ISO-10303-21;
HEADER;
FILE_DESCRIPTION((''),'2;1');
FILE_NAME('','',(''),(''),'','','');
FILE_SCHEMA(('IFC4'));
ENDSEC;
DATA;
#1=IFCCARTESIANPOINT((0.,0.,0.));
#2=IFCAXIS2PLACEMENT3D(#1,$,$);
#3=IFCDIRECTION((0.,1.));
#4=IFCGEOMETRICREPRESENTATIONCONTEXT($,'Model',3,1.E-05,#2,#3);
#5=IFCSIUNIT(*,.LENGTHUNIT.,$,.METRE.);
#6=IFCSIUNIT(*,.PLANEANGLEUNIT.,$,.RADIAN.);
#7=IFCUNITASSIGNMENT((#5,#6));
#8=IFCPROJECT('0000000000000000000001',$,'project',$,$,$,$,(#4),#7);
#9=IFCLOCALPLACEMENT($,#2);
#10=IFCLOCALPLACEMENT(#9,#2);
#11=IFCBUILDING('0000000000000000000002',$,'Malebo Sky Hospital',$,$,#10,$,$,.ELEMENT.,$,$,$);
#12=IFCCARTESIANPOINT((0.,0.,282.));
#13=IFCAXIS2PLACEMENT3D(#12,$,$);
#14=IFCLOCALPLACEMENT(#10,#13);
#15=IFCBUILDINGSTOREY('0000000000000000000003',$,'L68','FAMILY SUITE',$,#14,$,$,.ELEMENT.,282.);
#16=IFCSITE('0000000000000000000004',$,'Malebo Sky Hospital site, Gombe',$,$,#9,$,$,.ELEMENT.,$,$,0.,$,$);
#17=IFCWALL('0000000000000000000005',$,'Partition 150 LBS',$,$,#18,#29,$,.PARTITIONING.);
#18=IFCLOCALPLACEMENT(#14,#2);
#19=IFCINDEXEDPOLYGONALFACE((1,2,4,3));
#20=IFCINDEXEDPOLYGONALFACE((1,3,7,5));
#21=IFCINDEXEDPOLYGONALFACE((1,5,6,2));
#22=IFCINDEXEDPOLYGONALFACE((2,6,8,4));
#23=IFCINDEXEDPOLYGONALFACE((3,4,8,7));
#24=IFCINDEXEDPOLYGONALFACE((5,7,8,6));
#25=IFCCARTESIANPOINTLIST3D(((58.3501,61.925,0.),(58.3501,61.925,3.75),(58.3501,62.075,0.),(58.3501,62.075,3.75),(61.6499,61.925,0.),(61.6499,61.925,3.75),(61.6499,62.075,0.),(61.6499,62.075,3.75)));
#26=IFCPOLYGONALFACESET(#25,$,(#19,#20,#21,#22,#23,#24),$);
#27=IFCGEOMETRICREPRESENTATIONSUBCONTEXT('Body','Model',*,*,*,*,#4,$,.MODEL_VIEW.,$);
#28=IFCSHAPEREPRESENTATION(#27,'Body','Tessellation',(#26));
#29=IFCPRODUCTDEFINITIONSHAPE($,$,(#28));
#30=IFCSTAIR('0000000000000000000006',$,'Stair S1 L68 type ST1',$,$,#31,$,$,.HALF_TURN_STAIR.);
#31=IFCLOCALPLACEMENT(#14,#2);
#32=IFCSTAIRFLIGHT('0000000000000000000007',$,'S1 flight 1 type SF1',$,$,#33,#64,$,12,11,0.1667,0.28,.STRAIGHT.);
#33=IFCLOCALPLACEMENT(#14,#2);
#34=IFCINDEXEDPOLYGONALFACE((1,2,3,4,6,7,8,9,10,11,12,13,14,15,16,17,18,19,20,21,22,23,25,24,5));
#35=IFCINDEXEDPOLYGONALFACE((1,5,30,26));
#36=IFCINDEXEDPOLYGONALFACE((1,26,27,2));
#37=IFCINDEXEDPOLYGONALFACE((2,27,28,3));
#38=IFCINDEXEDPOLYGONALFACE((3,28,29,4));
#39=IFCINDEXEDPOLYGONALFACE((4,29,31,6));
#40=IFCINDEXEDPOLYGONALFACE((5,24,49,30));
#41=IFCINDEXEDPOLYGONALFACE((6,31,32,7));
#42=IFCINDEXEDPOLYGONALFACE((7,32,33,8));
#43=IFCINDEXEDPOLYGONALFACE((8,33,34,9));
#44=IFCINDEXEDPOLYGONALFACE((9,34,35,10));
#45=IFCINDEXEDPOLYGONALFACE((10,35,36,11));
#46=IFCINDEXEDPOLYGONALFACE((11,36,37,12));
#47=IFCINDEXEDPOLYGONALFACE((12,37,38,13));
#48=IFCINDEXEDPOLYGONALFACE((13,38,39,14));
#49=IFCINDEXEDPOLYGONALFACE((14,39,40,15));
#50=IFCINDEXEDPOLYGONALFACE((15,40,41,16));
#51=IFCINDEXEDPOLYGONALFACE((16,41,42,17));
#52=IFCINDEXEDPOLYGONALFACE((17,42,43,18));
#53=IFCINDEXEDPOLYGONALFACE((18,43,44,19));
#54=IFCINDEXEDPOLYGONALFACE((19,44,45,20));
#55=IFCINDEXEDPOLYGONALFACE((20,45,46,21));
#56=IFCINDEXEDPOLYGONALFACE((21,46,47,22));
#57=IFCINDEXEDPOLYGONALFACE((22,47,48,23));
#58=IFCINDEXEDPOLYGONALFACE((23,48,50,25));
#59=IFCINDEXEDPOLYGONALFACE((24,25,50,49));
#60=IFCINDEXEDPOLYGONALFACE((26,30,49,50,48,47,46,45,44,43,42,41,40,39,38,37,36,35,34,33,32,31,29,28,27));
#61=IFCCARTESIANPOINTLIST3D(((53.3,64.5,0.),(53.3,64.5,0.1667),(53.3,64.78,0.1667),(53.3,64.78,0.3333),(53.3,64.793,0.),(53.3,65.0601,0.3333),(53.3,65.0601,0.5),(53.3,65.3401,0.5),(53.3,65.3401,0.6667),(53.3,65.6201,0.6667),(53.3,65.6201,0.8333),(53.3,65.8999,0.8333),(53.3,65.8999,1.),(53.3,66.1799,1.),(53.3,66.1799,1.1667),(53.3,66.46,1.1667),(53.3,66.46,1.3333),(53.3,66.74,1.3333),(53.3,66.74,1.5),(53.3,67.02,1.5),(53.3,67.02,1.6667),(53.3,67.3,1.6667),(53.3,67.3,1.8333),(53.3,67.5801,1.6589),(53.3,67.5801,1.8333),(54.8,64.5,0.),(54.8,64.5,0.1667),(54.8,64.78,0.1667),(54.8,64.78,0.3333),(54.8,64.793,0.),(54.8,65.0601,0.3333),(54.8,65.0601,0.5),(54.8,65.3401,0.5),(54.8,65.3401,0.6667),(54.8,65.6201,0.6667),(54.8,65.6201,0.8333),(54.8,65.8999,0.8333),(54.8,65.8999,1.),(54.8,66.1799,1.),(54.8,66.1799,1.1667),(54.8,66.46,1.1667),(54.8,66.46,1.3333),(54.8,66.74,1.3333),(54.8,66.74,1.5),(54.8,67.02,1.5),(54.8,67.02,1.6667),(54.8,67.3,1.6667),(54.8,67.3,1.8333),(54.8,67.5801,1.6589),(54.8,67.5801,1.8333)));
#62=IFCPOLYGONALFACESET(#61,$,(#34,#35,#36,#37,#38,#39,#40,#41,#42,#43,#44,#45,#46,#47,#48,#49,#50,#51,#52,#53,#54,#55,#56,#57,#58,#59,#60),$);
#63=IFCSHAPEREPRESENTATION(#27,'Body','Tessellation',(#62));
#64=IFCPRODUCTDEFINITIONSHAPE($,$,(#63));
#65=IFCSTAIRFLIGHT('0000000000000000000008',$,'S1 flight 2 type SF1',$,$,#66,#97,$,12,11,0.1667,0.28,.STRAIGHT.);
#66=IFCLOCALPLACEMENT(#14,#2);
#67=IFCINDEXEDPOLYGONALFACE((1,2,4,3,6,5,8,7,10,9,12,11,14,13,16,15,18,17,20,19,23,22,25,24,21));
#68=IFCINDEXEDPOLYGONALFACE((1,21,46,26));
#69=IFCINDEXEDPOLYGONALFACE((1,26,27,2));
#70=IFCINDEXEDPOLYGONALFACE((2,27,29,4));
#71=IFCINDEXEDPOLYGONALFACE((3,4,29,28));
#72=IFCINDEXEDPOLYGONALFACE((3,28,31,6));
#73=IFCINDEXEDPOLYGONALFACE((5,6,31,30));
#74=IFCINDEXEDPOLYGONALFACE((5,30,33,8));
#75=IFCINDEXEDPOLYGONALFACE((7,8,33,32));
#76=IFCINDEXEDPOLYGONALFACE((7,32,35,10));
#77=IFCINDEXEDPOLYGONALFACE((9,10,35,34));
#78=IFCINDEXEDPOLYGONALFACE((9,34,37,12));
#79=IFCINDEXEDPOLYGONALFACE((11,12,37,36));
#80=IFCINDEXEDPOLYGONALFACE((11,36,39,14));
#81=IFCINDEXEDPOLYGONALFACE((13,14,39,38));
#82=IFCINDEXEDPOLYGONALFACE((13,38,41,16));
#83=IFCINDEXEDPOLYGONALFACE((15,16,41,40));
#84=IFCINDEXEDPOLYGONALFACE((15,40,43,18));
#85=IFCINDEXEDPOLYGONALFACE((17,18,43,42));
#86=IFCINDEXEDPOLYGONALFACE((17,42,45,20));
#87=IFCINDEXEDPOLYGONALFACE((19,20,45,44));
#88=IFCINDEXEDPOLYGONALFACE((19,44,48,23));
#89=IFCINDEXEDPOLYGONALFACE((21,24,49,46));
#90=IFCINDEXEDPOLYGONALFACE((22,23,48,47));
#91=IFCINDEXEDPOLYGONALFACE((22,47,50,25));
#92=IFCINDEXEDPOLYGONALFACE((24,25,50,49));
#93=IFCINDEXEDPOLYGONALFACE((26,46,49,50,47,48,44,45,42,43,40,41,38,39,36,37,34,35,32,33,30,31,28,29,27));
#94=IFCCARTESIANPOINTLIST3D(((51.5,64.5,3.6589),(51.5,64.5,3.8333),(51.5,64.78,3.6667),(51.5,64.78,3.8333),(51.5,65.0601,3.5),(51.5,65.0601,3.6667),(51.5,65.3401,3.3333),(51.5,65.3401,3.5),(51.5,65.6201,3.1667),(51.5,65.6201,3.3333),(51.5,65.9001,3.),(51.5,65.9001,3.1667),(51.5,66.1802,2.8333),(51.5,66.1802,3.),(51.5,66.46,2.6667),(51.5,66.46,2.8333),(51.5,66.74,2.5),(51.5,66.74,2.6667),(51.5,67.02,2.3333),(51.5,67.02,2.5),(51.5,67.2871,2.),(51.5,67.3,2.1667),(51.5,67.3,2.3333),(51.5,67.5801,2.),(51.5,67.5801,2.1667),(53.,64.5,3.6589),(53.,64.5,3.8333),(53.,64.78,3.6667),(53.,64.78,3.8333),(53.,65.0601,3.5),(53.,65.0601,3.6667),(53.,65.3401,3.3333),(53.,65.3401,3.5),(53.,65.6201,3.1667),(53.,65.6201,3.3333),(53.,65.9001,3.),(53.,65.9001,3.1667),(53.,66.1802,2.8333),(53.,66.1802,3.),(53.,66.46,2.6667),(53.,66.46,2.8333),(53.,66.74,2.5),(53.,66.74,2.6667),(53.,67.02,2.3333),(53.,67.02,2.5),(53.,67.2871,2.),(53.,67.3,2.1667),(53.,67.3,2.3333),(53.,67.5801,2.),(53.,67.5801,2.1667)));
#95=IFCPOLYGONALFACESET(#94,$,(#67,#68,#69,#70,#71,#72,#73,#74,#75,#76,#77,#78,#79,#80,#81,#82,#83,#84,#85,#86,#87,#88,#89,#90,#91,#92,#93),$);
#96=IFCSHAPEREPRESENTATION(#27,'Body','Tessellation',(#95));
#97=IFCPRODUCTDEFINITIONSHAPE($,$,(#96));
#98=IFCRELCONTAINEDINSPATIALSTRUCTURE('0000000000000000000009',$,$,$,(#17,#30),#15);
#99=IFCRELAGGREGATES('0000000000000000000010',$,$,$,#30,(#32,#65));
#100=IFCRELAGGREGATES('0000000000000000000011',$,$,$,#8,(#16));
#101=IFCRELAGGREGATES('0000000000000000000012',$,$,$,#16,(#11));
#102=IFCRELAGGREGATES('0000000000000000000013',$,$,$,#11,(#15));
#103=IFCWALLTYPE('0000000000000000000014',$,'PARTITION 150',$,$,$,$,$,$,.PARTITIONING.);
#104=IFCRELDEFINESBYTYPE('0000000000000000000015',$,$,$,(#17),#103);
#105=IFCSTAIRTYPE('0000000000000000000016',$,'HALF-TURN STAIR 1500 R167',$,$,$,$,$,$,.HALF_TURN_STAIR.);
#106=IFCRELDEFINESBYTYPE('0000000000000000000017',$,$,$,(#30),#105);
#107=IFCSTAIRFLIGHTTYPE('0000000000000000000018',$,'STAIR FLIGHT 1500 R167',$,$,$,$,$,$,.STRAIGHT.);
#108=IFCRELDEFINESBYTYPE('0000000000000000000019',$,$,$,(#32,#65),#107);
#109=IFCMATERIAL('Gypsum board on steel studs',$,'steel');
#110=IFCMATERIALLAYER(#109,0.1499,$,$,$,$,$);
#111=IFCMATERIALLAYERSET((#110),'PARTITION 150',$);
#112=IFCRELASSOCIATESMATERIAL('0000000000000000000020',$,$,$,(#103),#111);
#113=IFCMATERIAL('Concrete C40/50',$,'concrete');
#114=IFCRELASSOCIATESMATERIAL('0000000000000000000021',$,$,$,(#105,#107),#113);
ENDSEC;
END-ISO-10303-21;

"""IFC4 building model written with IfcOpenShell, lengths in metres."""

from ifc_helpers import new_model, si_unit, direction, frame, frame_2d, origin, place, context, subcontext, project, spatial, polyline, rectangle, outline, extrude, material, layer, layer_set, type_object, element, aggregate, save


model = new_model("IFC4")

# Units and contexts
model_context = context("Model", 3, precision=1e-05, world=origin(), true_north=direction((0.0, 1.0)))
body_context = subcontext(model_context, "Body", "Model", "MODEL_VIEW")
ifc_project = project(units=[si_unit("LENGTHUNIT", "METRE"), si_unit("PLANEANGLEUNIT", "RADIAN")], contexts=[model_context])

# Site, building, storey
site_placement = place(None, origin())
site = spatial("IfcSite", under=ifc_project, at=site_placement, Name="Malebo Sky Hospital site, Gombe", CompositionType="ELEMENT", RefElevation=0.0)
building_placement = place(site_placement, origin())
building = spatial("IfcBuilding", under=site, at=building_placement, Name="Malebo Sky Hospital", CompositionType="ELEMENT")
storey_placement = place(building_placement, frame((0.0, 0.0, 282.0)))
storey = spatial("IfcBuildingStorey", under=building, at=storey_placement, Name="L68", Description="FAMILY SUITE", CompositionType="ELEMENT", Elevation=282.0)

# Wall
ifc_material_1 = material(Name="Gypsum board on steel studs", Category="steel")
ifc_layer_1 = layer(ifc_material_1, 0.1499)
ifc_layer_set_1 = layer_set([ifc_layer_1], Name="PARTITION 150")
wall_type_1 = type_object("IfcWallType", Name="PARTITION 150", PredefinedType="PARTITIONING", material=ifc_layer_set_1)
wall_1_placement = place(storey_placement, frame((58.3501, 62.0, 0.0), z_axis=(0.0, 0.0, 1.0), x_axis=(1.0, 0.0, 0.0)))
element("IfcWall", 1, at=wall_1_placement, inside=storey, type_object=wall_type_1, Name="Partition 150 LBS", PredefinedType="PARTITIONING", context=body_context, shape_type="SweptSolid", body=[
    extrude(rectangle(XDim=3.2998, YDim=0.1499, at=frame_2d((1.6499, 0.0))), origin(), (0.0, 0.0, 1.0), 3.75),
])

# Stair, stair flights
ifc_material_2 = material(Name="Concrete C40/50", Category="concrete")
stair_type = type_object("IfcStairType", Name="HALF-TURN STAIR 1500 R167", PredefinedType="HALF_TURN_STAIR", material=ifc_material_2)
stair_placement = place(storey_placement, origin())
stair = element("IfcStair", 2, at=stair_placement, inside=storey, type_object=stair_type, Name="Stair S1 L68 type ST1", PredefinedType="HALF_TURN_STAIR")
stair_flight_type = type_object("IfcStairFlightType", Name="STAIR FLIGHT 1500 R167", PredefinedType="STRAIGHT", material=ifc_material_2)
stair_flight_1_placement = place(storey_placement, frame((54.05, 64.5, 0.0), z_axis=(0.0, 0.0, 1.0), x_axis=(0.0, 1.0, 0.0)))
stair_flight_1 = element("IfcStairFlight", 3, at=stair_flight_1_placement, type_object=stair_flight_type, Name="S1 flight 1 type SF1", NumberOfRisers=12, NumberOfTreads=11, PredefinedType="STRAIGHT", RiserHeight=0.1667, TreadLength=0.28, context=body_context, shape_type="SweptSolid", body=[
    extrude(outline(polyline([(0.0, 0.0), (0.0, 0.1667), (0.28, 0.1667), (0.28, 0.3333), (0.5601, 0.3333), (0.5601, 0.5), (0.8401, 0.5), (0.8401, 0.6667), (1.1201, 0.6667), (1.1201, 0.8333), (1.3999, 0.8333), (1.3999, 1.0), (1.6799, 1.0), (1.6799, 1.1667), (1.96, 1.1667), (1.96, 1.3333), (2.24, 1.3333), (2.24, 1.5), (2.52, 1.5), (2.52, 1.6667), (2.8, 1.6667), (2.8, 1.8333), (3.0801, 1.8333), (3.0801, 2.0), (3.0801, 1.6589), (0.293, 0.0), (0.0, 0.0)])), frame((0.0, 0.75, 0.0), z_axis=(0.0, -1.0, 0.0), x_axis=(1.0, 0.0, 0.0)), (0.0, 0.0, 1.0), 1.5),
])
stair_flight_2_placement = place(storey_placement, frame((52.25, 67.5801, 2.0), z_axis=(0.0, 0.0, 1.0), x_axis=(0.0, -1.0, 0.0)))
stair_flight_2 = element("IfcStairFlight", 4, at=stair_flight_2_placement, type_object=stair_flight_type, Name="S1 flight 2 type SF1", NumberOfRisers=12, NumberOfTreads=11, PredefinedType="STRAIGHT", RiserHeight=0.1667, TreadLength=0.28, context=body_context, shape_type="SweptSolid", body=[
    extrude(outline(polyline([(0.0, 0.0), (0.0, 0.1667), (0.28, 0.1667), (0.28, 0.3333), (0.5601, 0.3333), (0.5601, 0.5), (0.8401, 0.5), (0.8401, 0.6667), (1.1201, 0.6667), (1.1201, 0.8333), (1.3999, 0.8333), (1.3999, 1.0), (1.6799, 1.0), (1.6799, 1.1667), (1.96, 1.1667), (1.96, 1.3333), (2.24, 1.3333), (2.24, 1.5), (2.52, 1.5), (2.52, 1.6667), (2.8, 1.6667), (2.8, 1.8333), (3.0801, 1.8333), (3.0801, 2.0), (3.0801, 1.6589), (0.293, 0.0), (0.0, 0.0)])), frame((0.0, 0.75, 0.0), z_axis=(0.0, -1.0, 0.0), x_axis=(1.0, 0.0, 0.0)), (0.0, 0.0, 1.0), 1.5),
])
aggregate(stair, [stair_flight_1, stair_flight_2])

save(model, "model.ifc")
